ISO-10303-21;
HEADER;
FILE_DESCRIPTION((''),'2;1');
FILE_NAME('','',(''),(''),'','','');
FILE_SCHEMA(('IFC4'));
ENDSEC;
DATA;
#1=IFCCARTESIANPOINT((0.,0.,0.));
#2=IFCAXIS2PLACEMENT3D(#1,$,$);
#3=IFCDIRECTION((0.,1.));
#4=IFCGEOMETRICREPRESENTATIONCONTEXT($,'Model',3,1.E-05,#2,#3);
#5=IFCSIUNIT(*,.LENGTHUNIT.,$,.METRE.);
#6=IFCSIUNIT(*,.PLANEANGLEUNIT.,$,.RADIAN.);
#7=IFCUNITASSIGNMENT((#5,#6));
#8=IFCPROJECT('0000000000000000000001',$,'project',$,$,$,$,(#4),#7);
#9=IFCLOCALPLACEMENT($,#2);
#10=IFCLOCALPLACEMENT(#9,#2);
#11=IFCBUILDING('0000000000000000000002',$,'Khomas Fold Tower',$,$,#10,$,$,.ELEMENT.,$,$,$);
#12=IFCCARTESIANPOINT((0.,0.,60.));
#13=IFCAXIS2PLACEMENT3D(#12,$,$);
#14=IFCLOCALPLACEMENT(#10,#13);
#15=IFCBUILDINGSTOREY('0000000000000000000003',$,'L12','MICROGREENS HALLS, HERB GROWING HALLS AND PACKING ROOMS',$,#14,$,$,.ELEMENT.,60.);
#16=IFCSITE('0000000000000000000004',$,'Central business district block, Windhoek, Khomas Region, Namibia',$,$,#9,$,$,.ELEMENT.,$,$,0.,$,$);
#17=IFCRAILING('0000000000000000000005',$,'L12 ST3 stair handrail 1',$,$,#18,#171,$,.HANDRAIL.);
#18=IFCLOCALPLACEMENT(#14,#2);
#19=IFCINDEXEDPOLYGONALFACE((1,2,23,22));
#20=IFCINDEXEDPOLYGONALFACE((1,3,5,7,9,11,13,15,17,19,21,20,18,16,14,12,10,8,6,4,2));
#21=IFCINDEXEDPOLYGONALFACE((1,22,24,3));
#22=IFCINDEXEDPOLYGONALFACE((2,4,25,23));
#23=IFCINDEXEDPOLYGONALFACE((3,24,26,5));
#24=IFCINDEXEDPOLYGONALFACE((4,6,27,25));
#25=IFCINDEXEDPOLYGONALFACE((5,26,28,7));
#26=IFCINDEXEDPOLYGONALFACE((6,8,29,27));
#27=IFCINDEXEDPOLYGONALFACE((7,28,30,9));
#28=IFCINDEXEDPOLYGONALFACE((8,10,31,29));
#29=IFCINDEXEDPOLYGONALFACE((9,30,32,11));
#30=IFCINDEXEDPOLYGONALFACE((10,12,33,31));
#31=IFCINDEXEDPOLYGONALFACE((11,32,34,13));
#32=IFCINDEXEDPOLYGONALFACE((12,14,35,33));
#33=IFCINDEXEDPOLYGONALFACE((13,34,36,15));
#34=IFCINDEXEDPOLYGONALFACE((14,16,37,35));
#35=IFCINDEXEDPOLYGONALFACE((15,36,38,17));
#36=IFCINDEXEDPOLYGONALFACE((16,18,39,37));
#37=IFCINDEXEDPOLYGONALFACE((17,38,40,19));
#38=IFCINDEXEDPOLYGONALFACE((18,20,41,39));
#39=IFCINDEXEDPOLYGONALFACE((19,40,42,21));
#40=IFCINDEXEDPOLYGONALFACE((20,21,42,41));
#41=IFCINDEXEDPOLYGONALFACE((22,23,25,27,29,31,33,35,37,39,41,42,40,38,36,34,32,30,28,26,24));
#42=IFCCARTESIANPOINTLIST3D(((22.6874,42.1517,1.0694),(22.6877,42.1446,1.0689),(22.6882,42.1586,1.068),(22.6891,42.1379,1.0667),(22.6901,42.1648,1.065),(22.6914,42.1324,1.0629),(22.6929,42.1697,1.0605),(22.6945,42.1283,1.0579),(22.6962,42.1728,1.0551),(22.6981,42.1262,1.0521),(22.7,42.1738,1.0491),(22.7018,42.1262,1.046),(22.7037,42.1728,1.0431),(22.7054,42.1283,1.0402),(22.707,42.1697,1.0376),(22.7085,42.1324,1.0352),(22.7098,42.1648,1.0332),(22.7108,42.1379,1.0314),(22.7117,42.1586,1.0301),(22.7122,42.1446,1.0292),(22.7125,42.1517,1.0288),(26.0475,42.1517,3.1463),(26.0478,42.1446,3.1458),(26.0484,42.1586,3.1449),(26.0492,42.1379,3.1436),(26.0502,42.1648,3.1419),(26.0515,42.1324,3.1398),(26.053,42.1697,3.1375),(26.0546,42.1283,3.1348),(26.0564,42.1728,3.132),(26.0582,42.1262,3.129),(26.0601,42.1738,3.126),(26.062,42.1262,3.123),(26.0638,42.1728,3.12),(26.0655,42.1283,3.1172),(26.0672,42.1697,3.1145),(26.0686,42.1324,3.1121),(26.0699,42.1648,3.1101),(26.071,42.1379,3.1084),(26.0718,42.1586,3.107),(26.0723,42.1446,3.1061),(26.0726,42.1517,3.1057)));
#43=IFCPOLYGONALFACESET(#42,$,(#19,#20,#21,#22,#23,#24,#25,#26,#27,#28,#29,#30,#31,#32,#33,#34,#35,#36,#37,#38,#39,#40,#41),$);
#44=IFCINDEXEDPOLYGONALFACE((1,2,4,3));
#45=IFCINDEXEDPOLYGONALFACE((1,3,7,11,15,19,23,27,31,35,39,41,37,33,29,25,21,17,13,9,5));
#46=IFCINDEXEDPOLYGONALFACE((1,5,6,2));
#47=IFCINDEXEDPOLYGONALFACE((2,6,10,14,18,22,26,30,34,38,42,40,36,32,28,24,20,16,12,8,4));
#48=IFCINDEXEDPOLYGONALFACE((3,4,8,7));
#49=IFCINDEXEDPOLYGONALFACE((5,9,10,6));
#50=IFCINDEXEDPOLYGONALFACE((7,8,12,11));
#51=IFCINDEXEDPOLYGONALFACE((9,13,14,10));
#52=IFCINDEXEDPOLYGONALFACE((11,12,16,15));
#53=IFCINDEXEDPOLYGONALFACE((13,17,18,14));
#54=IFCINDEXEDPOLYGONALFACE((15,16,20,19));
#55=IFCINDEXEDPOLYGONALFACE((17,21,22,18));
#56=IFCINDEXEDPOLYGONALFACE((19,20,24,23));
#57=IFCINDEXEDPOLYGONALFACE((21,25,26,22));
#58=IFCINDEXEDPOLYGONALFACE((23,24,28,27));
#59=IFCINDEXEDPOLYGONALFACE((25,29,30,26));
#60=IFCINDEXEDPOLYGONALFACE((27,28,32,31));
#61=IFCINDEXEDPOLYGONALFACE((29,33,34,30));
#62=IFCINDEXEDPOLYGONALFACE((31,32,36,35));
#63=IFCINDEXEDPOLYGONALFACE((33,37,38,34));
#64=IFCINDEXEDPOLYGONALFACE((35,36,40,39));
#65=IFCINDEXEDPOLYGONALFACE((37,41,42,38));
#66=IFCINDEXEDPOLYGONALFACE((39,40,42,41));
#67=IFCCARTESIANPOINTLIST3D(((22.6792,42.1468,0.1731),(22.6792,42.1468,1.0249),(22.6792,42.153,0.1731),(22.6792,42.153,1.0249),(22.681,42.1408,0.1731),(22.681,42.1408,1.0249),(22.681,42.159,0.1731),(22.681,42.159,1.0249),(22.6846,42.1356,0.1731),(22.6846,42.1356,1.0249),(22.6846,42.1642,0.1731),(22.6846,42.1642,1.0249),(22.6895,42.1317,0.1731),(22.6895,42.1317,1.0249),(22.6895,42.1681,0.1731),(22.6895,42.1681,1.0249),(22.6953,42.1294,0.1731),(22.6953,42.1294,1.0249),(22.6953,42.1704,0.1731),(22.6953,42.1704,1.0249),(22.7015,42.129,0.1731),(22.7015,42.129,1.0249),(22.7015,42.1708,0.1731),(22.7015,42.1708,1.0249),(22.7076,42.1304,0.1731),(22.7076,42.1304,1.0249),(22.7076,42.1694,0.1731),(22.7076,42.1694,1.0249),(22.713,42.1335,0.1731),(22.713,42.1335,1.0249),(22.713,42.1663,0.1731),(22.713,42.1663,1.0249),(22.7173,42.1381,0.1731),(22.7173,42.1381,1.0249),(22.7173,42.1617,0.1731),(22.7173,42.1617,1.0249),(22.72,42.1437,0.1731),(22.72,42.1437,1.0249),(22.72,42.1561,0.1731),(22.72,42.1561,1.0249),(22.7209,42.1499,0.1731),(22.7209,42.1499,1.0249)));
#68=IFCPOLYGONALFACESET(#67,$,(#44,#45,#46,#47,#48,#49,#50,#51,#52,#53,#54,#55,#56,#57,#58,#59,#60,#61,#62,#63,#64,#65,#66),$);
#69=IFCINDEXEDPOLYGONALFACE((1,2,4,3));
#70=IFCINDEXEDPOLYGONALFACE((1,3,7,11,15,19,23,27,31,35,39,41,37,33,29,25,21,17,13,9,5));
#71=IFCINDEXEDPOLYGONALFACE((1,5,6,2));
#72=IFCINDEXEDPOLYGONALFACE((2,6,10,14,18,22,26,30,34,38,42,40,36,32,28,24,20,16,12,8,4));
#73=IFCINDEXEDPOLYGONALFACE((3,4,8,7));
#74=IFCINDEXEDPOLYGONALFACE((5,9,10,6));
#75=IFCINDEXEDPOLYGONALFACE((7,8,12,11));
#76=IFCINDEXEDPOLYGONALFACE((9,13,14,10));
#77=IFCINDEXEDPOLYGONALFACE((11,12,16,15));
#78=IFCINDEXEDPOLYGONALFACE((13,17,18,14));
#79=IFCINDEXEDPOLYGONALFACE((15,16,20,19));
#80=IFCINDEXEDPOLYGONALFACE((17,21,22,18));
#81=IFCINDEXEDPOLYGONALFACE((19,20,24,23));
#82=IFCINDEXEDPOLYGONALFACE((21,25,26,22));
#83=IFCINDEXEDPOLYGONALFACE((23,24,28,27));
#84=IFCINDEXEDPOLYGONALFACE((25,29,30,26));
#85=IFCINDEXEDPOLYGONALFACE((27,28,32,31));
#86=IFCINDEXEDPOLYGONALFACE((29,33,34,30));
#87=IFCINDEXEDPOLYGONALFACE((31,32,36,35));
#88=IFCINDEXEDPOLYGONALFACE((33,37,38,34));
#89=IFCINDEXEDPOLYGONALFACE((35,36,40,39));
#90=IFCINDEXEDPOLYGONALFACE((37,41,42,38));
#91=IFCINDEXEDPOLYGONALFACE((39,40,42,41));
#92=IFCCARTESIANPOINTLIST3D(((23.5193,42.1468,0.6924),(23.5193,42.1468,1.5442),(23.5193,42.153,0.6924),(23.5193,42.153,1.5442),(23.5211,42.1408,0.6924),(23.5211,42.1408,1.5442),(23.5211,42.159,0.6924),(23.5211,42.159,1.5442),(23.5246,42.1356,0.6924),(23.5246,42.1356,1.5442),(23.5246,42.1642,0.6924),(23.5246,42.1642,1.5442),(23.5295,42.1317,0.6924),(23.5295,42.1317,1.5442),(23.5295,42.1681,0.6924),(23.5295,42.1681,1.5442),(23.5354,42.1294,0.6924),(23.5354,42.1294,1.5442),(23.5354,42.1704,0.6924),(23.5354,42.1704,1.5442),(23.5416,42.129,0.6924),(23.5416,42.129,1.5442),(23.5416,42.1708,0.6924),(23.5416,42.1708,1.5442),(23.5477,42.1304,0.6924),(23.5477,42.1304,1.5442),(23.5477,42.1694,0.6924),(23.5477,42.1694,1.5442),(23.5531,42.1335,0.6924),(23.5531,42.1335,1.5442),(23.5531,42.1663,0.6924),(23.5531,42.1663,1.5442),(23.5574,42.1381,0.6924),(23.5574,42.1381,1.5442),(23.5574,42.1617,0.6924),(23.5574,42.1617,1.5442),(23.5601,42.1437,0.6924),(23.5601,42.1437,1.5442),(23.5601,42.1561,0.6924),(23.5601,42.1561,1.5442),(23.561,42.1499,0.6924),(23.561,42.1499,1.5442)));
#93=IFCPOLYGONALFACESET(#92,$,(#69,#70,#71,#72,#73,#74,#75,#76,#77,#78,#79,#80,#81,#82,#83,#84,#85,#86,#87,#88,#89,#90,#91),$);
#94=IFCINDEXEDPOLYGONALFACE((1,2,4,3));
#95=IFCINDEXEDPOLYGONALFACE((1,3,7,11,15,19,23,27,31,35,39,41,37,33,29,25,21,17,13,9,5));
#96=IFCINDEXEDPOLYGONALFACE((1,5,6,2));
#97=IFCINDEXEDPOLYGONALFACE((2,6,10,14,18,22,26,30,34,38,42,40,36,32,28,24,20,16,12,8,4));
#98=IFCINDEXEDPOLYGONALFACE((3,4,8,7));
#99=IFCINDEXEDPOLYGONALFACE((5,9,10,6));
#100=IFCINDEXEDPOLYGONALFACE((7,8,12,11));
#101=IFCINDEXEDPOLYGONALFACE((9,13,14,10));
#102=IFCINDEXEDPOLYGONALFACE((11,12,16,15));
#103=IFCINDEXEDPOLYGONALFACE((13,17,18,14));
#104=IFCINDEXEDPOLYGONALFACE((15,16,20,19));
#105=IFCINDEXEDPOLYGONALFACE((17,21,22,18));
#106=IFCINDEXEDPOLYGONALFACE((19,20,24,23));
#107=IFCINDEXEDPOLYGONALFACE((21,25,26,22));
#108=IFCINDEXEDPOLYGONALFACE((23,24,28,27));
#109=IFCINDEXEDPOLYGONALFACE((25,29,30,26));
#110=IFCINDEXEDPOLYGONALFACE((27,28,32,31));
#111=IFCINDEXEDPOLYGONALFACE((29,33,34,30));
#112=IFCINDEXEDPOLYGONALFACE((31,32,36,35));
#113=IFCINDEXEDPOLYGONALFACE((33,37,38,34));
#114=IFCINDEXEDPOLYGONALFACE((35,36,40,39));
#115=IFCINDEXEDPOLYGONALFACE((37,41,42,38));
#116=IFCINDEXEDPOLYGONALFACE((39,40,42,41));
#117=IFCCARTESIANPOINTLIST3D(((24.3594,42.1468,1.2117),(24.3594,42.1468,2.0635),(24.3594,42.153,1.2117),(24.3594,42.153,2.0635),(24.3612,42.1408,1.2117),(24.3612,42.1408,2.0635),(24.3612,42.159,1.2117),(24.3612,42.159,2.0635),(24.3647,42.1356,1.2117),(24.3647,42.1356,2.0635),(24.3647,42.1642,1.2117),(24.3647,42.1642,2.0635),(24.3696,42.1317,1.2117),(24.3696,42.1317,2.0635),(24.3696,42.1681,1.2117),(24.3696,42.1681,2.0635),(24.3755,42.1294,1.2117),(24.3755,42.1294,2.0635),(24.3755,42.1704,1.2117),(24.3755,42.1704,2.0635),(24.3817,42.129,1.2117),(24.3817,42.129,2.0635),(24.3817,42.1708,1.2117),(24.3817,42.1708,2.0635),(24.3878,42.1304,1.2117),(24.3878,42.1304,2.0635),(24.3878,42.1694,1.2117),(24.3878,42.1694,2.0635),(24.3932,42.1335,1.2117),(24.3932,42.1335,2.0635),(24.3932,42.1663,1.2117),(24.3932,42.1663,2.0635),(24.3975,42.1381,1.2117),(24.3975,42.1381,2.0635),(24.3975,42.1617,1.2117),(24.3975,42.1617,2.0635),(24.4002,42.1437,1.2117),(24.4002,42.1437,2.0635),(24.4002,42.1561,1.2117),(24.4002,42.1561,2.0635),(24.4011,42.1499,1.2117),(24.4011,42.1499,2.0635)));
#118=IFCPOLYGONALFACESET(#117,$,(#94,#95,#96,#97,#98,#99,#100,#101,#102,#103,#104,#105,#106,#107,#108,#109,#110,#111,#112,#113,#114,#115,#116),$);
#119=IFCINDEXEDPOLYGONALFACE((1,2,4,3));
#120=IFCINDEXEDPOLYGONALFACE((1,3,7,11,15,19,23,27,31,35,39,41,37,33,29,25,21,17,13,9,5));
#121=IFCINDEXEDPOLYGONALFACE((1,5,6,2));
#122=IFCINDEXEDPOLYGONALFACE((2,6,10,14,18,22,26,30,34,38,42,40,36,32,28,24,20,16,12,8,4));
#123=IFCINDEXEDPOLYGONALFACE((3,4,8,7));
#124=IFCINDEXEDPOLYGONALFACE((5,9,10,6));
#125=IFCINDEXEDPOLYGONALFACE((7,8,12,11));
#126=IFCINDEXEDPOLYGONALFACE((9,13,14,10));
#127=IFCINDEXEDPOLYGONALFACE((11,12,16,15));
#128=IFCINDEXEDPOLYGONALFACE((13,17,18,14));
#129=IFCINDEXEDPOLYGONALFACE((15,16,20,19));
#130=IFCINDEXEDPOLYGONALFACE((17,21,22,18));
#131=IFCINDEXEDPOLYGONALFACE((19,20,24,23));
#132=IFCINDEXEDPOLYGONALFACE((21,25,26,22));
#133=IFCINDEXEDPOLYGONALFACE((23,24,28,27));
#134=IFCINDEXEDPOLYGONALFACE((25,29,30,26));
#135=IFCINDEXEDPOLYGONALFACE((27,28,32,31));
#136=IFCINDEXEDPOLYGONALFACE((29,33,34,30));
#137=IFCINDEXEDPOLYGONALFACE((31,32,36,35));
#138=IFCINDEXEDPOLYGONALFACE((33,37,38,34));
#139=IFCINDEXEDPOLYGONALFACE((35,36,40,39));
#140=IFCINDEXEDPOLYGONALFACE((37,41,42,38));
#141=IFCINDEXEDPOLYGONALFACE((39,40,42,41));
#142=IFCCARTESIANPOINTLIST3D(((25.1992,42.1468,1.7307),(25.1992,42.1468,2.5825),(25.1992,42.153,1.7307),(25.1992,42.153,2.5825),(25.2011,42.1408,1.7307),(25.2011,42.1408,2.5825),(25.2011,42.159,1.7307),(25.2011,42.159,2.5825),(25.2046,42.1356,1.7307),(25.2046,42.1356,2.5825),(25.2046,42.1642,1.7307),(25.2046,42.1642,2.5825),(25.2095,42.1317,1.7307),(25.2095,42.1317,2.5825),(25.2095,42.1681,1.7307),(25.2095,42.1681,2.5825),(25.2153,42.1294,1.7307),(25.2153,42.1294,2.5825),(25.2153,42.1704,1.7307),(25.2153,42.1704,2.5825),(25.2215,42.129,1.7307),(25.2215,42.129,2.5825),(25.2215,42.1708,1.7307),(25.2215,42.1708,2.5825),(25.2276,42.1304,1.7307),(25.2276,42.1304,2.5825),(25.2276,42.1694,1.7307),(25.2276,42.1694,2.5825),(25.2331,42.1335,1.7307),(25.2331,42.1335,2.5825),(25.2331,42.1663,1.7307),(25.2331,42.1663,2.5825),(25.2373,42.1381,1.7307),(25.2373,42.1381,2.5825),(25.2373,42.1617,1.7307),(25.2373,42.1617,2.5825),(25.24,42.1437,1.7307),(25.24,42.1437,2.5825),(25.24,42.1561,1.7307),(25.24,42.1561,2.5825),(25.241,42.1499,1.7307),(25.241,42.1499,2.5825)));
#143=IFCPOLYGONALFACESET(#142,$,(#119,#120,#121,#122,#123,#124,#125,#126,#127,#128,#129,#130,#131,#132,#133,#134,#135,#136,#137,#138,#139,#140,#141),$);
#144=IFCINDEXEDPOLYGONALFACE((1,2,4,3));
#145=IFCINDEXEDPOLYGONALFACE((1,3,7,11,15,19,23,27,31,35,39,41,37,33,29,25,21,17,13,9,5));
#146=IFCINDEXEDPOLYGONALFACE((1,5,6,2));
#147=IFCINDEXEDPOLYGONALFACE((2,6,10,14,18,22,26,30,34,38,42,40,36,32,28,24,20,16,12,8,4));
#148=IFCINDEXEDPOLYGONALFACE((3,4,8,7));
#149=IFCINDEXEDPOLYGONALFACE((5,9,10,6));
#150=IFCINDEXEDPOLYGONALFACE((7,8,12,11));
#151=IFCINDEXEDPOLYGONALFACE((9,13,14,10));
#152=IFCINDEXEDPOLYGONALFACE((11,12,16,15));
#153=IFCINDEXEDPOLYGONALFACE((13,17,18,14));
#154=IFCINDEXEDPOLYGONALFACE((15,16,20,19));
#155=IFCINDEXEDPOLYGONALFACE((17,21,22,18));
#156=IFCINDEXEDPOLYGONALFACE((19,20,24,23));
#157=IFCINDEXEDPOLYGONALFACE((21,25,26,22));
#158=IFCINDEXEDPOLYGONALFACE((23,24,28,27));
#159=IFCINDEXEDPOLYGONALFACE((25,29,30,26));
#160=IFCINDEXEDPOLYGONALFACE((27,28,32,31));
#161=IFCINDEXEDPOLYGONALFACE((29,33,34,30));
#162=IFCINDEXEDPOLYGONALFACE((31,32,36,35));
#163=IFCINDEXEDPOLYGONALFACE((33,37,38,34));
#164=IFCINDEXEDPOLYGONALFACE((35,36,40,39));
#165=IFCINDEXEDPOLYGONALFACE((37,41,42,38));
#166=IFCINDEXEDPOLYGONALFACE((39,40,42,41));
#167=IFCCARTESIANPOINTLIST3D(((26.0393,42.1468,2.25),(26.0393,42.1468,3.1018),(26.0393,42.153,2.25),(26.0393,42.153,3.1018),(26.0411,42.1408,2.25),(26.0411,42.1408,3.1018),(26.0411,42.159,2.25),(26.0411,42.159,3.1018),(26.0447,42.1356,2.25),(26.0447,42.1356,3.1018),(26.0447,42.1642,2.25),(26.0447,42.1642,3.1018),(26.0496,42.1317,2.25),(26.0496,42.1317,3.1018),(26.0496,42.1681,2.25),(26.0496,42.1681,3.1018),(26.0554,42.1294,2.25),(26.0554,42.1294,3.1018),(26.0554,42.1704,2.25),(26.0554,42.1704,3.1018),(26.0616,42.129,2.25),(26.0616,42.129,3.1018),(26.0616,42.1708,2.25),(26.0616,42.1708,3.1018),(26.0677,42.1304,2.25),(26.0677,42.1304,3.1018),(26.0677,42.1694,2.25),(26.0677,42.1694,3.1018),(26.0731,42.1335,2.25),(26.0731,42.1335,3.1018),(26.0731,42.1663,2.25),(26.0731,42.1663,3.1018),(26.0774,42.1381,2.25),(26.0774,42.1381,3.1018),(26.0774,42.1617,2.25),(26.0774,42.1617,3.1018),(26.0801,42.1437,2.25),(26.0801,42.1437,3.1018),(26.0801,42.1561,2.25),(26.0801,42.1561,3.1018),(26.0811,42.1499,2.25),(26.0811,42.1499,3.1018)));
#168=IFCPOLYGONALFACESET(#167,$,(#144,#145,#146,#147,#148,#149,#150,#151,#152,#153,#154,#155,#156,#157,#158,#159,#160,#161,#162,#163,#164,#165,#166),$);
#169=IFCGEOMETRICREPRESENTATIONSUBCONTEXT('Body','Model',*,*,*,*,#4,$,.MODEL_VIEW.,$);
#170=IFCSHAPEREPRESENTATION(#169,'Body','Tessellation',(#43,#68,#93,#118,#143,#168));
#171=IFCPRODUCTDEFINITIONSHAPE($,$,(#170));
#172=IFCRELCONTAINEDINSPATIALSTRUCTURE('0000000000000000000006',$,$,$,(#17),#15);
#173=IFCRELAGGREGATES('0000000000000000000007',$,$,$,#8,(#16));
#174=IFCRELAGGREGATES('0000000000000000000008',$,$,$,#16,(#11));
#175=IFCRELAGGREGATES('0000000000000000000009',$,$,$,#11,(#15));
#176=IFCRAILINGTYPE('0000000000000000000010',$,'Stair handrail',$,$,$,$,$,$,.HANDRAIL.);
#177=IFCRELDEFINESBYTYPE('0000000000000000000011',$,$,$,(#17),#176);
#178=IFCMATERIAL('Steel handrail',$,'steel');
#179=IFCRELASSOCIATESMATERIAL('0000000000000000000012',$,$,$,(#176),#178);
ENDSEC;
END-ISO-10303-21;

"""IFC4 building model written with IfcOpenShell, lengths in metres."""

from ifc_helpers import new_model, si_unit, direction, frame, origin, origin_2d, place, context, subcontext, project, spatial, circle, extrude, source, transform, mapped, material, type_object, element, save


model = new_model("IFC4")

# Units and contexts
model_context = context("Model", 3, precision=1e-05, world=origin(), true_north=direction((0.0, 1.0)))
body_context = subcontext(model_context, "Body", "Model", "MODEL_VIEW")
ifc_project = project(units=[si_unit("LENGTHUNIT", "METRE"), si_unit("PLANEANGLEUNIT", "RADIAN")], contexts=[model_context])

# Site, building, storey
site_placement = place(None, origin())
site = spatial("IfcSite", under=ifc_project, at=site_placement, Name="Central business district block, Windhoek, Khomas Region, Namibia", CompositionType="ELEMENT", RefElevation=0.0)
building_placement = place(site_placement, origin())
building = spatial("IfcBuilding", under=site, at=building_placement, Name="Khomas Fold Tower", CompositionType="ELEMENT")
storey_placement = place(building_placement, frame((0.0, 0.0, 60.0)))
storey = spatial("IfcBuildingStorey", under=building, at=storey_placement, Name="L12", Description="MICROGREENS HALLS, HERB GROWING HALLS AND PACKING ROOMS", CompositionType="ELEMENT", Elevation=60.0)

# Railing
ifc_material_1 = material(Name="Steel handrail", Category="steel")
railing_type_1 = type_object("IfcRailingType", Name="Stair handrail", PredefinedType="HANDRAIL", material=ifc_material_1)
shared_shape_1 = source(origin(), body_context, "Body", "SweptSolid", [
    extrude(circle(Radius=0.0239, at=origin_2d()), frame((0.0, 0.0, 0.876), z_axis=(0.850623, 0.0, 0.525776), x_axis=(0.0, 1.0, 0.0)), (0.0, 0.0, 1.0), 3.9502),
    extrude(circle(Radius=0.021, at=origin_2d()), origin(), (0.0, 0.0, 1.0), 0.8518),
    extrude(circle(Radius=0.021, at=origin_2d()), frame((0.8401, 0.0, 0.5193)), (0.0, 0.0, 1.0), 0.8518),
    extrude(circle(Radius=0.021, at=origin_2d()), frame((1.6802, 0.0, 1.0386)), (0.0, 0.0, 1.0), 0.8518),
    extrude(circle(Radius=0.021, at=origin_2d()), frame((2.52, 0.0, 1.5576)), (0.0, 0.0, 1.0), 0.8518),
    extrude(circle(Radius=0.021, at=origin_2d()), frame((3.3601, 0.0, 2.0769)), (0.0, 0.0, 1.0), 0.8518),
])
railing_1_placement = place(storey_placement, frame((22.7, 42.1499, 0.1731)))
element("IfcRailing", 1, at=railing_1_placement, inside=storey, type_object=railing_type_1, Name="L12 ST3 stair handrail 1", PredefinedType="HANDRAIL", context=body_context, shape_type="MappedRepresentation", body=[
    mapped(shared_shape_1, transform((0.0, 0.0, 0.0))),
])

save(model, "model.ifc")
